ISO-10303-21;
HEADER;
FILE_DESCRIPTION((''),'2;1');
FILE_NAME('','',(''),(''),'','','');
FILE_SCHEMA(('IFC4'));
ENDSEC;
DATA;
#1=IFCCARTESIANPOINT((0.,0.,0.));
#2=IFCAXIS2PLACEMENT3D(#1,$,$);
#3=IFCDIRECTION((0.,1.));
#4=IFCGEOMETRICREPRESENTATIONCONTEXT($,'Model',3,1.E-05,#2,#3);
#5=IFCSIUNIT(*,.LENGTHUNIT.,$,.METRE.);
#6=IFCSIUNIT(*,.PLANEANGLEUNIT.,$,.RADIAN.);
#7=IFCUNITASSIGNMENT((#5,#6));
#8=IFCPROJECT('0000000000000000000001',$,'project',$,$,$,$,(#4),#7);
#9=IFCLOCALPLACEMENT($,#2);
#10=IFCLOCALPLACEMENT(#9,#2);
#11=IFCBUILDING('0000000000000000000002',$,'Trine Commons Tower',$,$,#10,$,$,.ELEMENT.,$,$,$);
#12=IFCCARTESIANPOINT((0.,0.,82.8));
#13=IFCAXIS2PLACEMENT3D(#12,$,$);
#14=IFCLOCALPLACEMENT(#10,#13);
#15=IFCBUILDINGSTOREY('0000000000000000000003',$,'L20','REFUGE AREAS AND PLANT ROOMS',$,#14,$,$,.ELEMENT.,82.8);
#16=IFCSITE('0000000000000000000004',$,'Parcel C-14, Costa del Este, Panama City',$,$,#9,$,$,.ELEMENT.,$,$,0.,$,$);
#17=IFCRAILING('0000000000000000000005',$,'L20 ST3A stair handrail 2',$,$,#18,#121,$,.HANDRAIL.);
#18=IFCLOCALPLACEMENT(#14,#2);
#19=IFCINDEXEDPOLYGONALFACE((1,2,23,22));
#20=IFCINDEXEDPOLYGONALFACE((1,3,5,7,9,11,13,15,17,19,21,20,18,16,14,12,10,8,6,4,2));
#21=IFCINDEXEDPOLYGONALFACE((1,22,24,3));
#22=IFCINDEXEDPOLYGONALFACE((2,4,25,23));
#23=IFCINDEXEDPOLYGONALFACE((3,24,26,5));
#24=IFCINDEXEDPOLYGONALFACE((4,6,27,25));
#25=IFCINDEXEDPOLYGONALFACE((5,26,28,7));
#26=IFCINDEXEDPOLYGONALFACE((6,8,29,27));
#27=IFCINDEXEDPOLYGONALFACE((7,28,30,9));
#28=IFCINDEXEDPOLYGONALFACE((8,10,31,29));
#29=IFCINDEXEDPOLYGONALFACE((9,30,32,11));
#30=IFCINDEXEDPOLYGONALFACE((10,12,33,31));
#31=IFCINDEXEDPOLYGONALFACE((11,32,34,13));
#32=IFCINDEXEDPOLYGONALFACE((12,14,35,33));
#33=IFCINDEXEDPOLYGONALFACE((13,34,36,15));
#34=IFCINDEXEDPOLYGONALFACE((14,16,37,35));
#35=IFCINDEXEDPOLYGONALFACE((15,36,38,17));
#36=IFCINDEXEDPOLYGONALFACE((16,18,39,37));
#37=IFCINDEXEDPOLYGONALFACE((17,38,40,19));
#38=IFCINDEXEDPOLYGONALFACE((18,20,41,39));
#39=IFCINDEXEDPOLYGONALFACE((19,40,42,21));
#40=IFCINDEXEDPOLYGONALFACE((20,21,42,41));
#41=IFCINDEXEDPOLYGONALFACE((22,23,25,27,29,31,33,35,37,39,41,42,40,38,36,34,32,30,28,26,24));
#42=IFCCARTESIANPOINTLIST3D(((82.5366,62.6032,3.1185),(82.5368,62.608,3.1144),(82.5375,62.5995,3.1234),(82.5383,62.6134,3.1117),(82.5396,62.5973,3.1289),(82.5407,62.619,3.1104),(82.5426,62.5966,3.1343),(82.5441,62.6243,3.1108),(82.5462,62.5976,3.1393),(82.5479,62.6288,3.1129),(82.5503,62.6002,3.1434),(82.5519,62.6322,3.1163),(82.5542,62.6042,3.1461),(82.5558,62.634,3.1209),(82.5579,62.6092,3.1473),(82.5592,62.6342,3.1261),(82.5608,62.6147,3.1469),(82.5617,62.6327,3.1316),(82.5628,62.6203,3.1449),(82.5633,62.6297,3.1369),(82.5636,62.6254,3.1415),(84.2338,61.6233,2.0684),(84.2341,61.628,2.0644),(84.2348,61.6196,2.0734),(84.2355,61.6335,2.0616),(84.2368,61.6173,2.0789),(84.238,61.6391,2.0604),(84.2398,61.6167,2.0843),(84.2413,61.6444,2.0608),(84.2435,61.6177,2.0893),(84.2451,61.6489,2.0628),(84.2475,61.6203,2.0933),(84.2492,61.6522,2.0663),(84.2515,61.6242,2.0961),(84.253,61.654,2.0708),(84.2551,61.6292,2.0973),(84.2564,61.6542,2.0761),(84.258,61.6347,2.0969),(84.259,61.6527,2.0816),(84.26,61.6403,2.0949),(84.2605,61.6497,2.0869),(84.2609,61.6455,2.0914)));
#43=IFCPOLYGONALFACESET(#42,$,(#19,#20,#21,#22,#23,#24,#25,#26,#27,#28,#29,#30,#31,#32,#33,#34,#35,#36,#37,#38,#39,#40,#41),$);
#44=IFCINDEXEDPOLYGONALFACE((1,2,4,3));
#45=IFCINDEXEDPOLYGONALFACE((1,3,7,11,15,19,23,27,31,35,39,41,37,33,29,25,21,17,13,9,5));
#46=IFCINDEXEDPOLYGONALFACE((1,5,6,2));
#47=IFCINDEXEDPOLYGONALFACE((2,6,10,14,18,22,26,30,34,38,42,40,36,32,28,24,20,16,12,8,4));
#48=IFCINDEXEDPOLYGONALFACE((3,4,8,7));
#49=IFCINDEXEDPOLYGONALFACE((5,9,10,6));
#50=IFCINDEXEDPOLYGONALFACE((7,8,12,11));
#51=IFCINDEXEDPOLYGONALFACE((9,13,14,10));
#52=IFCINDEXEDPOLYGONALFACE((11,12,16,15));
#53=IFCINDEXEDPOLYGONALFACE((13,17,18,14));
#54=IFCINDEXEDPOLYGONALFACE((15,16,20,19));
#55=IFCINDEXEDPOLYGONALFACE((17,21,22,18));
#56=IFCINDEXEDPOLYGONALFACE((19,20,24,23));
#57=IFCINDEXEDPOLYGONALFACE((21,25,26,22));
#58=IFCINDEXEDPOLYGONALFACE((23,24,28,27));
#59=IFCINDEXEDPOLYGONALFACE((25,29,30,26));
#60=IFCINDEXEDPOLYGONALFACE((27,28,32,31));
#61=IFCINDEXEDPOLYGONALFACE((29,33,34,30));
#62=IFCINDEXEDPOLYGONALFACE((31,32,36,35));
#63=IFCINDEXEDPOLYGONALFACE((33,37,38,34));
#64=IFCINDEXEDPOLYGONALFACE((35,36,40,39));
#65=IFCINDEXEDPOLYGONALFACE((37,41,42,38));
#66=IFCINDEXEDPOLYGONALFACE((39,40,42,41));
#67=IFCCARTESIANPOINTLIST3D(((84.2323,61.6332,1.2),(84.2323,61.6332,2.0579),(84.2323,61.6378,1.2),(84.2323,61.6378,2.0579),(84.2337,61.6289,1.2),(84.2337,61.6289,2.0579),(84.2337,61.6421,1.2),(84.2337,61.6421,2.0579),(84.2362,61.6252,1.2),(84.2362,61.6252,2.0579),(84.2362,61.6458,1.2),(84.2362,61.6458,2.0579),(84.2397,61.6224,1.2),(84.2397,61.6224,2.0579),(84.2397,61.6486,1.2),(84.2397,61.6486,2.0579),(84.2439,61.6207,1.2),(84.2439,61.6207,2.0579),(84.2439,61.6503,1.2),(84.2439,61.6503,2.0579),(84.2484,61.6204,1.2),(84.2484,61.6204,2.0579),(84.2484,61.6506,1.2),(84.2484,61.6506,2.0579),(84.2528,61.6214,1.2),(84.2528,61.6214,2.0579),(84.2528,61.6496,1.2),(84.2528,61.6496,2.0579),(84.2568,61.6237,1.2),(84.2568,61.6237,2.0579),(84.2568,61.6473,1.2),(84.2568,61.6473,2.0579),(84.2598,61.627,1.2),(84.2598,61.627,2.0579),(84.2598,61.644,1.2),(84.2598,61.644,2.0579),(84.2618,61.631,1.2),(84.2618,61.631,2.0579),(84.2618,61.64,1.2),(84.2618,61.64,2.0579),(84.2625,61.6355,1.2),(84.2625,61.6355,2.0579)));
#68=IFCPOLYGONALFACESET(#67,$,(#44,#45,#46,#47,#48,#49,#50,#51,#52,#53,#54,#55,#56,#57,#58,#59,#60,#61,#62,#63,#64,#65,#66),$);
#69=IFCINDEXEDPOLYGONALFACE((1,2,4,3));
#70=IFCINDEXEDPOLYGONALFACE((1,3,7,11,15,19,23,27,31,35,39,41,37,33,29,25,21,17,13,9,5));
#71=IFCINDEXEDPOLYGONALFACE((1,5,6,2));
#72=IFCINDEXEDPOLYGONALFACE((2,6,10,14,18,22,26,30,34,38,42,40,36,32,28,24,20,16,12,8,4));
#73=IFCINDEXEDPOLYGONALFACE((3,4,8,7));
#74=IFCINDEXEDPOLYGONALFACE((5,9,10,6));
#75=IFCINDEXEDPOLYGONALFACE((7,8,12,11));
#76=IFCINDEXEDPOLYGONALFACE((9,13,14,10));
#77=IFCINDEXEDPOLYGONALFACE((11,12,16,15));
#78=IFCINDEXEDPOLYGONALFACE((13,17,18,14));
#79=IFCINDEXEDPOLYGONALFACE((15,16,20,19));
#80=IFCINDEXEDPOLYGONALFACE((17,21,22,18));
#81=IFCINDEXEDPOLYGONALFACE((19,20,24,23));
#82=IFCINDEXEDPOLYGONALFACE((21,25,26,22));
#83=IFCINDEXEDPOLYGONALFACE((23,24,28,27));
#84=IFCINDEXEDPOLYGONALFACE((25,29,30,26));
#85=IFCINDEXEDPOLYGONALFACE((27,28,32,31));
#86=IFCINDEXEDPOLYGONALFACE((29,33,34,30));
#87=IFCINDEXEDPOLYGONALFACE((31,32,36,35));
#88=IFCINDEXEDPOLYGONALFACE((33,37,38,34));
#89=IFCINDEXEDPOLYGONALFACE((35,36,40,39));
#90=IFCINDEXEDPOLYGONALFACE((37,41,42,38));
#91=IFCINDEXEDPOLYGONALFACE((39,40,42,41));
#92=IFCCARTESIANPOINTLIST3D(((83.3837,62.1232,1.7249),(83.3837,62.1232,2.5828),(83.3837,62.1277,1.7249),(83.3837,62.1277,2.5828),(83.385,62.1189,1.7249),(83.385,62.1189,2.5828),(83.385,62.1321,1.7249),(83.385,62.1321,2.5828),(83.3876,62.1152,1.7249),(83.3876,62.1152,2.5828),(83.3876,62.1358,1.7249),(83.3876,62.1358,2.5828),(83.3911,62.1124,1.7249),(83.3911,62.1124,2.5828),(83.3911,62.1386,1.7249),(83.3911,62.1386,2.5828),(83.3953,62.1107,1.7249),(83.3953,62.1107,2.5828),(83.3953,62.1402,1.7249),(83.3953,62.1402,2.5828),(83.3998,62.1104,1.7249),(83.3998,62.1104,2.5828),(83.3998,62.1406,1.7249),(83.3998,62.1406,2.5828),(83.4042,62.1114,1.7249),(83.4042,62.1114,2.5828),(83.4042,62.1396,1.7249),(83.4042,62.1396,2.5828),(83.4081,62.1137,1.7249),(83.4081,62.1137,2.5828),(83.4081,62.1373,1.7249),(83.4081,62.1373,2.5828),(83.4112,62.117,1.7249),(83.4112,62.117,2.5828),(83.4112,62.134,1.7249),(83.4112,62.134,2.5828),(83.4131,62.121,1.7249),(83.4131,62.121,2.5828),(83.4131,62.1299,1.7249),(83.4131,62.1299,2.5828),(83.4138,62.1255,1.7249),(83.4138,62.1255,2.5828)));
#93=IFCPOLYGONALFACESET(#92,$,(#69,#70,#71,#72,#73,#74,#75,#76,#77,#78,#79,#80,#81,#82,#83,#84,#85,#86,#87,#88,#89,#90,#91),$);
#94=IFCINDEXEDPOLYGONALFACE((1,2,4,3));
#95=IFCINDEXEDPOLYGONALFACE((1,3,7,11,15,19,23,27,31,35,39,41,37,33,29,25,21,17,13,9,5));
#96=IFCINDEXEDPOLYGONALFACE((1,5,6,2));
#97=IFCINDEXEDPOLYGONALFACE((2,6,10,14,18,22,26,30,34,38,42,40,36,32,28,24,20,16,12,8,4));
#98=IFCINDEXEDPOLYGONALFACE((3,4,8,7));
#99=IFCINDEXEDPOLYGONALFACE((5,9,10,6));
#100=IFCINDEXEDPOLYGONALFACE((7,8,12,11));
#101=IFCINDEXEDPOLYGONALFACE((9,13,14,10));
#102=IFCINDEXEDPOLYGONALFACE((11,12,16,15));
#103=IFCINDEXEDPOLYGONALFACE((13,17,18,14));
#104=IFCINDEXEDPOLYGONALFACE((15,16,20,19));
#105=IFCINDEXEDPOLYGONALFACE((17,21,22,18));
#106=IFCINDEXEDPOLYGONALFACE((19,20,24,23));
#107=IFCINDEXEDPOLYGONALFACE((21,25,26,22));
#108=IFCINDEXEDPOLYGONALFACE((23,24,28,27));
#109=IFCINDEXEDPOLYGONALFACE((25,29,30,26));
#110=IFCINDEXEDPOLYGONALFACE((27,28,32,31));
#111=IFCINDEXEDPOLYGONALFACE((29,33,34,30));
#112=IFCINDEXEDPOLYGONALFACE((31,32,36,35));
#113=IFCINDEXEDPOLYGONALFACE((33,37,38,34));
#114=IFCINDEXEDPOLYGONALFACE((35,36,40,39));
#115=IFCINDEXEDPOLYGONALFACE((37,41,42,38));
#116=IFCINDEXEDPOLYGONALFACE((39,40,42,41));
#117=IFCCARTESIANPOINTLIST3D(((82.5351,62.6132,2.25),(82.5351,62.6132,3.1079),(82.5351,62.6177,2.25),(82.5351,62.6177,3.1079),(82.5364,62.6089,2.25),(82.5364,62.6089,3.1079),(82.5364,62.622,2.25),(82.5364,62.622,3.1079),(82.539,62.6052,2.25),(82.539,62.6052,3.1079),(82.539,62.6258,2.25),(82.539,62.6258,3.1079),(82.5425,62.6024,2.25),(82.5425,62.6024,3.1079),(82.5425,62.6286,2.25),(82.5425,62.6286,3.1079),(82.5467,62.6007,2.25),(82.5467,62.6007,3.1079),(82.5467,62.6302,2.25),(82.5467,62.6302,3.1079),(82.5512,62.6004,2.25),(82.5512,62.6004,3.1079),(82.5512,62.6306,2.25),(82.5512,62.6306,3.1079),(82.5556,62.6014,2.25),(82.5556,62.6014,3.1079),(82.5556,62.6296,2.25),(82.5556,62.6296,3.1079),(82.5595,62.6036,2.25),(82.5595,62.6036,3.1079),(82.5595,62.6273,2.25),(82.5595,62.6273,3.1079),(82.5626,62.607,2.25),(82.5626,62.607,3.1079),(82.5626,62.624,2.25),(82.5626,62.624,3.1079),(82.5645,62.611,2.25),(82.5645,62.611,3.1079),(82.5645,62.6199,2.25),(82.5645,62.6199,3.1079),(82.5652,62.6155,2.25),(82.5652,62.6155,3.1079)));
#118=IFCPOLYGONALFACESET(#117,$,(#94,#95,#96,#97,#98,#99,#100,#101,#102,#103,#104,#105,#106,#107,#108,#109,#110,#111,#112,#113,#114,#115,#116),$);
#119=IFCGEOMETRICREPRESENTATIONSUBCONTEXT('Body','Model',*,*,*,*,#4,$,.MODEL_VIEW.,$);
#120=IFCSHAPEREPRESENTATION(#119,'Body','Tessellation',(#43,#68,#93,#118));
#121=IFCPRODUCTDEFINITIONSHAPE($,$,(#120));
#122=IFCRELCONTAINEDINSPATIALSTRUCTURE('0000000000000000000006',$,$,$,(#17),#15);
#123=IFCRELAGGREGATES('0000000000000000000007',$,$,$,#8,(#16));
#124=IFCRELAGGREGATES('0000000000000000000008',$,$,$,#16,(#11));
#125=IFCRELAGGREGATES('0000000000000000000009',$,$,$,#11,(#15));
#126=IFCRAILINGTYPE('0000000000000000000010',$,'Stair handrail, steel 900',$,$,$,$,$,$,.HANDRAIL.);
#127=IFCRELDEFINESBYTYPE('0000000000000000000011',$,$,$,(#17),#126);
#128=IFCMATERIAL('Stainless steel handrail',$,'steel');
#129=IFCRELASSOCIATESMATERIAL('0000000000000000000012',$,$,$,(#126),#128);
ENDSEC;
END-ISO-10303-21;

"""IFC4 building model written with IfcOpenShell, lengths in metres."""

from ifc_helpers import new_model, si_unit, direction, frame, origin, origin_2d, place, context, subcontext, project, spatial, circle, extrude, material, type_object, element, save


model = new_model("IFC4")

# Units and contexts
model_context = context("Model", 3, precision=1e-05, world=origin(), true_north=direction((0.0, 1.0)))
body_context = subcontext(model_context, "Body", "Model", "MODEL_VIEW")
ifc_project = project(units=[si_unit("LENGTHUNIT", "METRE"), si_unit("PLANEANGLEUNIT", "RADIAN")], contexts=[model_context])

# Site, building, storey
site_placement = place(None, origin())
site = spatial("IfcSite", under=ifc_project, at=site_placement, Name="Parcel C-14, Costa del Este, Panama City", CompositionType="ELEMENT", RefElevation=0.0)
building_placement = place(site_placement, origin())
building = spatial("IfcBuilding", under=site, at=building_placement, Name="Trine Commons Tower", CompositionType="ELEMENT")
storey_placement = place(building_placement, frame((0.0, 0.0, 82.8)))
storey = spatial("IfcBuildingStorey", under=building, at=storey_placement, Name="L20", Description="REFUGE AREAS AND PLANT ROOMS", CompositionType="ELEMENT", Elevation=82.8)

# Railing
ifc_material_1 = material(Name="Stainless steel handrail", Category="steel")
railing_type_1 = type_object("IfcRailingType", Name="Stair handrail, steel 900", PredefinedType="HANDRAIL", material=ifc_material_1)
railing_1_placement = place(storey_placement, frame((84.2473, 61.6355, 1.2)))
element("IfcRailing", 1, at=railing_1_placement, inside=storey, type_object=railing_type_1, Name="L20 ST3A stair handrail 2", PredefinedType="HANDRAIL", context=body_context, shape_type="SweptSolid", body=[
    extrude(circle(Radius=0.021, at=origin_2d()), frame((0.0, 0.0, 0.8789), z_axis=(-0.763352, 0.44075, 0.472264), x_axis=(-0.500024, -0.866011, 0.0)), (0.0, 0.0, 1.0), 2.2234),
    extrude(circle(Radius=0.0151, at=origin_2d()), origin(), (0.0, 0.0, 1.0), 0.8579),
    extrude(circle(Radius=0.0151, at=origin_2d()), frame((-0.8486, 0.49, 0.5249)), (0.0, 0.0, 1.0), 0.8579),
    extrude(circle(Radius=0.0151, at=origin_2d()), frame((-1.6973, 0.98, 1.05)), (0.0, 0.0, 1.0), 0.8579),
])

save(model, "model.ifc")
